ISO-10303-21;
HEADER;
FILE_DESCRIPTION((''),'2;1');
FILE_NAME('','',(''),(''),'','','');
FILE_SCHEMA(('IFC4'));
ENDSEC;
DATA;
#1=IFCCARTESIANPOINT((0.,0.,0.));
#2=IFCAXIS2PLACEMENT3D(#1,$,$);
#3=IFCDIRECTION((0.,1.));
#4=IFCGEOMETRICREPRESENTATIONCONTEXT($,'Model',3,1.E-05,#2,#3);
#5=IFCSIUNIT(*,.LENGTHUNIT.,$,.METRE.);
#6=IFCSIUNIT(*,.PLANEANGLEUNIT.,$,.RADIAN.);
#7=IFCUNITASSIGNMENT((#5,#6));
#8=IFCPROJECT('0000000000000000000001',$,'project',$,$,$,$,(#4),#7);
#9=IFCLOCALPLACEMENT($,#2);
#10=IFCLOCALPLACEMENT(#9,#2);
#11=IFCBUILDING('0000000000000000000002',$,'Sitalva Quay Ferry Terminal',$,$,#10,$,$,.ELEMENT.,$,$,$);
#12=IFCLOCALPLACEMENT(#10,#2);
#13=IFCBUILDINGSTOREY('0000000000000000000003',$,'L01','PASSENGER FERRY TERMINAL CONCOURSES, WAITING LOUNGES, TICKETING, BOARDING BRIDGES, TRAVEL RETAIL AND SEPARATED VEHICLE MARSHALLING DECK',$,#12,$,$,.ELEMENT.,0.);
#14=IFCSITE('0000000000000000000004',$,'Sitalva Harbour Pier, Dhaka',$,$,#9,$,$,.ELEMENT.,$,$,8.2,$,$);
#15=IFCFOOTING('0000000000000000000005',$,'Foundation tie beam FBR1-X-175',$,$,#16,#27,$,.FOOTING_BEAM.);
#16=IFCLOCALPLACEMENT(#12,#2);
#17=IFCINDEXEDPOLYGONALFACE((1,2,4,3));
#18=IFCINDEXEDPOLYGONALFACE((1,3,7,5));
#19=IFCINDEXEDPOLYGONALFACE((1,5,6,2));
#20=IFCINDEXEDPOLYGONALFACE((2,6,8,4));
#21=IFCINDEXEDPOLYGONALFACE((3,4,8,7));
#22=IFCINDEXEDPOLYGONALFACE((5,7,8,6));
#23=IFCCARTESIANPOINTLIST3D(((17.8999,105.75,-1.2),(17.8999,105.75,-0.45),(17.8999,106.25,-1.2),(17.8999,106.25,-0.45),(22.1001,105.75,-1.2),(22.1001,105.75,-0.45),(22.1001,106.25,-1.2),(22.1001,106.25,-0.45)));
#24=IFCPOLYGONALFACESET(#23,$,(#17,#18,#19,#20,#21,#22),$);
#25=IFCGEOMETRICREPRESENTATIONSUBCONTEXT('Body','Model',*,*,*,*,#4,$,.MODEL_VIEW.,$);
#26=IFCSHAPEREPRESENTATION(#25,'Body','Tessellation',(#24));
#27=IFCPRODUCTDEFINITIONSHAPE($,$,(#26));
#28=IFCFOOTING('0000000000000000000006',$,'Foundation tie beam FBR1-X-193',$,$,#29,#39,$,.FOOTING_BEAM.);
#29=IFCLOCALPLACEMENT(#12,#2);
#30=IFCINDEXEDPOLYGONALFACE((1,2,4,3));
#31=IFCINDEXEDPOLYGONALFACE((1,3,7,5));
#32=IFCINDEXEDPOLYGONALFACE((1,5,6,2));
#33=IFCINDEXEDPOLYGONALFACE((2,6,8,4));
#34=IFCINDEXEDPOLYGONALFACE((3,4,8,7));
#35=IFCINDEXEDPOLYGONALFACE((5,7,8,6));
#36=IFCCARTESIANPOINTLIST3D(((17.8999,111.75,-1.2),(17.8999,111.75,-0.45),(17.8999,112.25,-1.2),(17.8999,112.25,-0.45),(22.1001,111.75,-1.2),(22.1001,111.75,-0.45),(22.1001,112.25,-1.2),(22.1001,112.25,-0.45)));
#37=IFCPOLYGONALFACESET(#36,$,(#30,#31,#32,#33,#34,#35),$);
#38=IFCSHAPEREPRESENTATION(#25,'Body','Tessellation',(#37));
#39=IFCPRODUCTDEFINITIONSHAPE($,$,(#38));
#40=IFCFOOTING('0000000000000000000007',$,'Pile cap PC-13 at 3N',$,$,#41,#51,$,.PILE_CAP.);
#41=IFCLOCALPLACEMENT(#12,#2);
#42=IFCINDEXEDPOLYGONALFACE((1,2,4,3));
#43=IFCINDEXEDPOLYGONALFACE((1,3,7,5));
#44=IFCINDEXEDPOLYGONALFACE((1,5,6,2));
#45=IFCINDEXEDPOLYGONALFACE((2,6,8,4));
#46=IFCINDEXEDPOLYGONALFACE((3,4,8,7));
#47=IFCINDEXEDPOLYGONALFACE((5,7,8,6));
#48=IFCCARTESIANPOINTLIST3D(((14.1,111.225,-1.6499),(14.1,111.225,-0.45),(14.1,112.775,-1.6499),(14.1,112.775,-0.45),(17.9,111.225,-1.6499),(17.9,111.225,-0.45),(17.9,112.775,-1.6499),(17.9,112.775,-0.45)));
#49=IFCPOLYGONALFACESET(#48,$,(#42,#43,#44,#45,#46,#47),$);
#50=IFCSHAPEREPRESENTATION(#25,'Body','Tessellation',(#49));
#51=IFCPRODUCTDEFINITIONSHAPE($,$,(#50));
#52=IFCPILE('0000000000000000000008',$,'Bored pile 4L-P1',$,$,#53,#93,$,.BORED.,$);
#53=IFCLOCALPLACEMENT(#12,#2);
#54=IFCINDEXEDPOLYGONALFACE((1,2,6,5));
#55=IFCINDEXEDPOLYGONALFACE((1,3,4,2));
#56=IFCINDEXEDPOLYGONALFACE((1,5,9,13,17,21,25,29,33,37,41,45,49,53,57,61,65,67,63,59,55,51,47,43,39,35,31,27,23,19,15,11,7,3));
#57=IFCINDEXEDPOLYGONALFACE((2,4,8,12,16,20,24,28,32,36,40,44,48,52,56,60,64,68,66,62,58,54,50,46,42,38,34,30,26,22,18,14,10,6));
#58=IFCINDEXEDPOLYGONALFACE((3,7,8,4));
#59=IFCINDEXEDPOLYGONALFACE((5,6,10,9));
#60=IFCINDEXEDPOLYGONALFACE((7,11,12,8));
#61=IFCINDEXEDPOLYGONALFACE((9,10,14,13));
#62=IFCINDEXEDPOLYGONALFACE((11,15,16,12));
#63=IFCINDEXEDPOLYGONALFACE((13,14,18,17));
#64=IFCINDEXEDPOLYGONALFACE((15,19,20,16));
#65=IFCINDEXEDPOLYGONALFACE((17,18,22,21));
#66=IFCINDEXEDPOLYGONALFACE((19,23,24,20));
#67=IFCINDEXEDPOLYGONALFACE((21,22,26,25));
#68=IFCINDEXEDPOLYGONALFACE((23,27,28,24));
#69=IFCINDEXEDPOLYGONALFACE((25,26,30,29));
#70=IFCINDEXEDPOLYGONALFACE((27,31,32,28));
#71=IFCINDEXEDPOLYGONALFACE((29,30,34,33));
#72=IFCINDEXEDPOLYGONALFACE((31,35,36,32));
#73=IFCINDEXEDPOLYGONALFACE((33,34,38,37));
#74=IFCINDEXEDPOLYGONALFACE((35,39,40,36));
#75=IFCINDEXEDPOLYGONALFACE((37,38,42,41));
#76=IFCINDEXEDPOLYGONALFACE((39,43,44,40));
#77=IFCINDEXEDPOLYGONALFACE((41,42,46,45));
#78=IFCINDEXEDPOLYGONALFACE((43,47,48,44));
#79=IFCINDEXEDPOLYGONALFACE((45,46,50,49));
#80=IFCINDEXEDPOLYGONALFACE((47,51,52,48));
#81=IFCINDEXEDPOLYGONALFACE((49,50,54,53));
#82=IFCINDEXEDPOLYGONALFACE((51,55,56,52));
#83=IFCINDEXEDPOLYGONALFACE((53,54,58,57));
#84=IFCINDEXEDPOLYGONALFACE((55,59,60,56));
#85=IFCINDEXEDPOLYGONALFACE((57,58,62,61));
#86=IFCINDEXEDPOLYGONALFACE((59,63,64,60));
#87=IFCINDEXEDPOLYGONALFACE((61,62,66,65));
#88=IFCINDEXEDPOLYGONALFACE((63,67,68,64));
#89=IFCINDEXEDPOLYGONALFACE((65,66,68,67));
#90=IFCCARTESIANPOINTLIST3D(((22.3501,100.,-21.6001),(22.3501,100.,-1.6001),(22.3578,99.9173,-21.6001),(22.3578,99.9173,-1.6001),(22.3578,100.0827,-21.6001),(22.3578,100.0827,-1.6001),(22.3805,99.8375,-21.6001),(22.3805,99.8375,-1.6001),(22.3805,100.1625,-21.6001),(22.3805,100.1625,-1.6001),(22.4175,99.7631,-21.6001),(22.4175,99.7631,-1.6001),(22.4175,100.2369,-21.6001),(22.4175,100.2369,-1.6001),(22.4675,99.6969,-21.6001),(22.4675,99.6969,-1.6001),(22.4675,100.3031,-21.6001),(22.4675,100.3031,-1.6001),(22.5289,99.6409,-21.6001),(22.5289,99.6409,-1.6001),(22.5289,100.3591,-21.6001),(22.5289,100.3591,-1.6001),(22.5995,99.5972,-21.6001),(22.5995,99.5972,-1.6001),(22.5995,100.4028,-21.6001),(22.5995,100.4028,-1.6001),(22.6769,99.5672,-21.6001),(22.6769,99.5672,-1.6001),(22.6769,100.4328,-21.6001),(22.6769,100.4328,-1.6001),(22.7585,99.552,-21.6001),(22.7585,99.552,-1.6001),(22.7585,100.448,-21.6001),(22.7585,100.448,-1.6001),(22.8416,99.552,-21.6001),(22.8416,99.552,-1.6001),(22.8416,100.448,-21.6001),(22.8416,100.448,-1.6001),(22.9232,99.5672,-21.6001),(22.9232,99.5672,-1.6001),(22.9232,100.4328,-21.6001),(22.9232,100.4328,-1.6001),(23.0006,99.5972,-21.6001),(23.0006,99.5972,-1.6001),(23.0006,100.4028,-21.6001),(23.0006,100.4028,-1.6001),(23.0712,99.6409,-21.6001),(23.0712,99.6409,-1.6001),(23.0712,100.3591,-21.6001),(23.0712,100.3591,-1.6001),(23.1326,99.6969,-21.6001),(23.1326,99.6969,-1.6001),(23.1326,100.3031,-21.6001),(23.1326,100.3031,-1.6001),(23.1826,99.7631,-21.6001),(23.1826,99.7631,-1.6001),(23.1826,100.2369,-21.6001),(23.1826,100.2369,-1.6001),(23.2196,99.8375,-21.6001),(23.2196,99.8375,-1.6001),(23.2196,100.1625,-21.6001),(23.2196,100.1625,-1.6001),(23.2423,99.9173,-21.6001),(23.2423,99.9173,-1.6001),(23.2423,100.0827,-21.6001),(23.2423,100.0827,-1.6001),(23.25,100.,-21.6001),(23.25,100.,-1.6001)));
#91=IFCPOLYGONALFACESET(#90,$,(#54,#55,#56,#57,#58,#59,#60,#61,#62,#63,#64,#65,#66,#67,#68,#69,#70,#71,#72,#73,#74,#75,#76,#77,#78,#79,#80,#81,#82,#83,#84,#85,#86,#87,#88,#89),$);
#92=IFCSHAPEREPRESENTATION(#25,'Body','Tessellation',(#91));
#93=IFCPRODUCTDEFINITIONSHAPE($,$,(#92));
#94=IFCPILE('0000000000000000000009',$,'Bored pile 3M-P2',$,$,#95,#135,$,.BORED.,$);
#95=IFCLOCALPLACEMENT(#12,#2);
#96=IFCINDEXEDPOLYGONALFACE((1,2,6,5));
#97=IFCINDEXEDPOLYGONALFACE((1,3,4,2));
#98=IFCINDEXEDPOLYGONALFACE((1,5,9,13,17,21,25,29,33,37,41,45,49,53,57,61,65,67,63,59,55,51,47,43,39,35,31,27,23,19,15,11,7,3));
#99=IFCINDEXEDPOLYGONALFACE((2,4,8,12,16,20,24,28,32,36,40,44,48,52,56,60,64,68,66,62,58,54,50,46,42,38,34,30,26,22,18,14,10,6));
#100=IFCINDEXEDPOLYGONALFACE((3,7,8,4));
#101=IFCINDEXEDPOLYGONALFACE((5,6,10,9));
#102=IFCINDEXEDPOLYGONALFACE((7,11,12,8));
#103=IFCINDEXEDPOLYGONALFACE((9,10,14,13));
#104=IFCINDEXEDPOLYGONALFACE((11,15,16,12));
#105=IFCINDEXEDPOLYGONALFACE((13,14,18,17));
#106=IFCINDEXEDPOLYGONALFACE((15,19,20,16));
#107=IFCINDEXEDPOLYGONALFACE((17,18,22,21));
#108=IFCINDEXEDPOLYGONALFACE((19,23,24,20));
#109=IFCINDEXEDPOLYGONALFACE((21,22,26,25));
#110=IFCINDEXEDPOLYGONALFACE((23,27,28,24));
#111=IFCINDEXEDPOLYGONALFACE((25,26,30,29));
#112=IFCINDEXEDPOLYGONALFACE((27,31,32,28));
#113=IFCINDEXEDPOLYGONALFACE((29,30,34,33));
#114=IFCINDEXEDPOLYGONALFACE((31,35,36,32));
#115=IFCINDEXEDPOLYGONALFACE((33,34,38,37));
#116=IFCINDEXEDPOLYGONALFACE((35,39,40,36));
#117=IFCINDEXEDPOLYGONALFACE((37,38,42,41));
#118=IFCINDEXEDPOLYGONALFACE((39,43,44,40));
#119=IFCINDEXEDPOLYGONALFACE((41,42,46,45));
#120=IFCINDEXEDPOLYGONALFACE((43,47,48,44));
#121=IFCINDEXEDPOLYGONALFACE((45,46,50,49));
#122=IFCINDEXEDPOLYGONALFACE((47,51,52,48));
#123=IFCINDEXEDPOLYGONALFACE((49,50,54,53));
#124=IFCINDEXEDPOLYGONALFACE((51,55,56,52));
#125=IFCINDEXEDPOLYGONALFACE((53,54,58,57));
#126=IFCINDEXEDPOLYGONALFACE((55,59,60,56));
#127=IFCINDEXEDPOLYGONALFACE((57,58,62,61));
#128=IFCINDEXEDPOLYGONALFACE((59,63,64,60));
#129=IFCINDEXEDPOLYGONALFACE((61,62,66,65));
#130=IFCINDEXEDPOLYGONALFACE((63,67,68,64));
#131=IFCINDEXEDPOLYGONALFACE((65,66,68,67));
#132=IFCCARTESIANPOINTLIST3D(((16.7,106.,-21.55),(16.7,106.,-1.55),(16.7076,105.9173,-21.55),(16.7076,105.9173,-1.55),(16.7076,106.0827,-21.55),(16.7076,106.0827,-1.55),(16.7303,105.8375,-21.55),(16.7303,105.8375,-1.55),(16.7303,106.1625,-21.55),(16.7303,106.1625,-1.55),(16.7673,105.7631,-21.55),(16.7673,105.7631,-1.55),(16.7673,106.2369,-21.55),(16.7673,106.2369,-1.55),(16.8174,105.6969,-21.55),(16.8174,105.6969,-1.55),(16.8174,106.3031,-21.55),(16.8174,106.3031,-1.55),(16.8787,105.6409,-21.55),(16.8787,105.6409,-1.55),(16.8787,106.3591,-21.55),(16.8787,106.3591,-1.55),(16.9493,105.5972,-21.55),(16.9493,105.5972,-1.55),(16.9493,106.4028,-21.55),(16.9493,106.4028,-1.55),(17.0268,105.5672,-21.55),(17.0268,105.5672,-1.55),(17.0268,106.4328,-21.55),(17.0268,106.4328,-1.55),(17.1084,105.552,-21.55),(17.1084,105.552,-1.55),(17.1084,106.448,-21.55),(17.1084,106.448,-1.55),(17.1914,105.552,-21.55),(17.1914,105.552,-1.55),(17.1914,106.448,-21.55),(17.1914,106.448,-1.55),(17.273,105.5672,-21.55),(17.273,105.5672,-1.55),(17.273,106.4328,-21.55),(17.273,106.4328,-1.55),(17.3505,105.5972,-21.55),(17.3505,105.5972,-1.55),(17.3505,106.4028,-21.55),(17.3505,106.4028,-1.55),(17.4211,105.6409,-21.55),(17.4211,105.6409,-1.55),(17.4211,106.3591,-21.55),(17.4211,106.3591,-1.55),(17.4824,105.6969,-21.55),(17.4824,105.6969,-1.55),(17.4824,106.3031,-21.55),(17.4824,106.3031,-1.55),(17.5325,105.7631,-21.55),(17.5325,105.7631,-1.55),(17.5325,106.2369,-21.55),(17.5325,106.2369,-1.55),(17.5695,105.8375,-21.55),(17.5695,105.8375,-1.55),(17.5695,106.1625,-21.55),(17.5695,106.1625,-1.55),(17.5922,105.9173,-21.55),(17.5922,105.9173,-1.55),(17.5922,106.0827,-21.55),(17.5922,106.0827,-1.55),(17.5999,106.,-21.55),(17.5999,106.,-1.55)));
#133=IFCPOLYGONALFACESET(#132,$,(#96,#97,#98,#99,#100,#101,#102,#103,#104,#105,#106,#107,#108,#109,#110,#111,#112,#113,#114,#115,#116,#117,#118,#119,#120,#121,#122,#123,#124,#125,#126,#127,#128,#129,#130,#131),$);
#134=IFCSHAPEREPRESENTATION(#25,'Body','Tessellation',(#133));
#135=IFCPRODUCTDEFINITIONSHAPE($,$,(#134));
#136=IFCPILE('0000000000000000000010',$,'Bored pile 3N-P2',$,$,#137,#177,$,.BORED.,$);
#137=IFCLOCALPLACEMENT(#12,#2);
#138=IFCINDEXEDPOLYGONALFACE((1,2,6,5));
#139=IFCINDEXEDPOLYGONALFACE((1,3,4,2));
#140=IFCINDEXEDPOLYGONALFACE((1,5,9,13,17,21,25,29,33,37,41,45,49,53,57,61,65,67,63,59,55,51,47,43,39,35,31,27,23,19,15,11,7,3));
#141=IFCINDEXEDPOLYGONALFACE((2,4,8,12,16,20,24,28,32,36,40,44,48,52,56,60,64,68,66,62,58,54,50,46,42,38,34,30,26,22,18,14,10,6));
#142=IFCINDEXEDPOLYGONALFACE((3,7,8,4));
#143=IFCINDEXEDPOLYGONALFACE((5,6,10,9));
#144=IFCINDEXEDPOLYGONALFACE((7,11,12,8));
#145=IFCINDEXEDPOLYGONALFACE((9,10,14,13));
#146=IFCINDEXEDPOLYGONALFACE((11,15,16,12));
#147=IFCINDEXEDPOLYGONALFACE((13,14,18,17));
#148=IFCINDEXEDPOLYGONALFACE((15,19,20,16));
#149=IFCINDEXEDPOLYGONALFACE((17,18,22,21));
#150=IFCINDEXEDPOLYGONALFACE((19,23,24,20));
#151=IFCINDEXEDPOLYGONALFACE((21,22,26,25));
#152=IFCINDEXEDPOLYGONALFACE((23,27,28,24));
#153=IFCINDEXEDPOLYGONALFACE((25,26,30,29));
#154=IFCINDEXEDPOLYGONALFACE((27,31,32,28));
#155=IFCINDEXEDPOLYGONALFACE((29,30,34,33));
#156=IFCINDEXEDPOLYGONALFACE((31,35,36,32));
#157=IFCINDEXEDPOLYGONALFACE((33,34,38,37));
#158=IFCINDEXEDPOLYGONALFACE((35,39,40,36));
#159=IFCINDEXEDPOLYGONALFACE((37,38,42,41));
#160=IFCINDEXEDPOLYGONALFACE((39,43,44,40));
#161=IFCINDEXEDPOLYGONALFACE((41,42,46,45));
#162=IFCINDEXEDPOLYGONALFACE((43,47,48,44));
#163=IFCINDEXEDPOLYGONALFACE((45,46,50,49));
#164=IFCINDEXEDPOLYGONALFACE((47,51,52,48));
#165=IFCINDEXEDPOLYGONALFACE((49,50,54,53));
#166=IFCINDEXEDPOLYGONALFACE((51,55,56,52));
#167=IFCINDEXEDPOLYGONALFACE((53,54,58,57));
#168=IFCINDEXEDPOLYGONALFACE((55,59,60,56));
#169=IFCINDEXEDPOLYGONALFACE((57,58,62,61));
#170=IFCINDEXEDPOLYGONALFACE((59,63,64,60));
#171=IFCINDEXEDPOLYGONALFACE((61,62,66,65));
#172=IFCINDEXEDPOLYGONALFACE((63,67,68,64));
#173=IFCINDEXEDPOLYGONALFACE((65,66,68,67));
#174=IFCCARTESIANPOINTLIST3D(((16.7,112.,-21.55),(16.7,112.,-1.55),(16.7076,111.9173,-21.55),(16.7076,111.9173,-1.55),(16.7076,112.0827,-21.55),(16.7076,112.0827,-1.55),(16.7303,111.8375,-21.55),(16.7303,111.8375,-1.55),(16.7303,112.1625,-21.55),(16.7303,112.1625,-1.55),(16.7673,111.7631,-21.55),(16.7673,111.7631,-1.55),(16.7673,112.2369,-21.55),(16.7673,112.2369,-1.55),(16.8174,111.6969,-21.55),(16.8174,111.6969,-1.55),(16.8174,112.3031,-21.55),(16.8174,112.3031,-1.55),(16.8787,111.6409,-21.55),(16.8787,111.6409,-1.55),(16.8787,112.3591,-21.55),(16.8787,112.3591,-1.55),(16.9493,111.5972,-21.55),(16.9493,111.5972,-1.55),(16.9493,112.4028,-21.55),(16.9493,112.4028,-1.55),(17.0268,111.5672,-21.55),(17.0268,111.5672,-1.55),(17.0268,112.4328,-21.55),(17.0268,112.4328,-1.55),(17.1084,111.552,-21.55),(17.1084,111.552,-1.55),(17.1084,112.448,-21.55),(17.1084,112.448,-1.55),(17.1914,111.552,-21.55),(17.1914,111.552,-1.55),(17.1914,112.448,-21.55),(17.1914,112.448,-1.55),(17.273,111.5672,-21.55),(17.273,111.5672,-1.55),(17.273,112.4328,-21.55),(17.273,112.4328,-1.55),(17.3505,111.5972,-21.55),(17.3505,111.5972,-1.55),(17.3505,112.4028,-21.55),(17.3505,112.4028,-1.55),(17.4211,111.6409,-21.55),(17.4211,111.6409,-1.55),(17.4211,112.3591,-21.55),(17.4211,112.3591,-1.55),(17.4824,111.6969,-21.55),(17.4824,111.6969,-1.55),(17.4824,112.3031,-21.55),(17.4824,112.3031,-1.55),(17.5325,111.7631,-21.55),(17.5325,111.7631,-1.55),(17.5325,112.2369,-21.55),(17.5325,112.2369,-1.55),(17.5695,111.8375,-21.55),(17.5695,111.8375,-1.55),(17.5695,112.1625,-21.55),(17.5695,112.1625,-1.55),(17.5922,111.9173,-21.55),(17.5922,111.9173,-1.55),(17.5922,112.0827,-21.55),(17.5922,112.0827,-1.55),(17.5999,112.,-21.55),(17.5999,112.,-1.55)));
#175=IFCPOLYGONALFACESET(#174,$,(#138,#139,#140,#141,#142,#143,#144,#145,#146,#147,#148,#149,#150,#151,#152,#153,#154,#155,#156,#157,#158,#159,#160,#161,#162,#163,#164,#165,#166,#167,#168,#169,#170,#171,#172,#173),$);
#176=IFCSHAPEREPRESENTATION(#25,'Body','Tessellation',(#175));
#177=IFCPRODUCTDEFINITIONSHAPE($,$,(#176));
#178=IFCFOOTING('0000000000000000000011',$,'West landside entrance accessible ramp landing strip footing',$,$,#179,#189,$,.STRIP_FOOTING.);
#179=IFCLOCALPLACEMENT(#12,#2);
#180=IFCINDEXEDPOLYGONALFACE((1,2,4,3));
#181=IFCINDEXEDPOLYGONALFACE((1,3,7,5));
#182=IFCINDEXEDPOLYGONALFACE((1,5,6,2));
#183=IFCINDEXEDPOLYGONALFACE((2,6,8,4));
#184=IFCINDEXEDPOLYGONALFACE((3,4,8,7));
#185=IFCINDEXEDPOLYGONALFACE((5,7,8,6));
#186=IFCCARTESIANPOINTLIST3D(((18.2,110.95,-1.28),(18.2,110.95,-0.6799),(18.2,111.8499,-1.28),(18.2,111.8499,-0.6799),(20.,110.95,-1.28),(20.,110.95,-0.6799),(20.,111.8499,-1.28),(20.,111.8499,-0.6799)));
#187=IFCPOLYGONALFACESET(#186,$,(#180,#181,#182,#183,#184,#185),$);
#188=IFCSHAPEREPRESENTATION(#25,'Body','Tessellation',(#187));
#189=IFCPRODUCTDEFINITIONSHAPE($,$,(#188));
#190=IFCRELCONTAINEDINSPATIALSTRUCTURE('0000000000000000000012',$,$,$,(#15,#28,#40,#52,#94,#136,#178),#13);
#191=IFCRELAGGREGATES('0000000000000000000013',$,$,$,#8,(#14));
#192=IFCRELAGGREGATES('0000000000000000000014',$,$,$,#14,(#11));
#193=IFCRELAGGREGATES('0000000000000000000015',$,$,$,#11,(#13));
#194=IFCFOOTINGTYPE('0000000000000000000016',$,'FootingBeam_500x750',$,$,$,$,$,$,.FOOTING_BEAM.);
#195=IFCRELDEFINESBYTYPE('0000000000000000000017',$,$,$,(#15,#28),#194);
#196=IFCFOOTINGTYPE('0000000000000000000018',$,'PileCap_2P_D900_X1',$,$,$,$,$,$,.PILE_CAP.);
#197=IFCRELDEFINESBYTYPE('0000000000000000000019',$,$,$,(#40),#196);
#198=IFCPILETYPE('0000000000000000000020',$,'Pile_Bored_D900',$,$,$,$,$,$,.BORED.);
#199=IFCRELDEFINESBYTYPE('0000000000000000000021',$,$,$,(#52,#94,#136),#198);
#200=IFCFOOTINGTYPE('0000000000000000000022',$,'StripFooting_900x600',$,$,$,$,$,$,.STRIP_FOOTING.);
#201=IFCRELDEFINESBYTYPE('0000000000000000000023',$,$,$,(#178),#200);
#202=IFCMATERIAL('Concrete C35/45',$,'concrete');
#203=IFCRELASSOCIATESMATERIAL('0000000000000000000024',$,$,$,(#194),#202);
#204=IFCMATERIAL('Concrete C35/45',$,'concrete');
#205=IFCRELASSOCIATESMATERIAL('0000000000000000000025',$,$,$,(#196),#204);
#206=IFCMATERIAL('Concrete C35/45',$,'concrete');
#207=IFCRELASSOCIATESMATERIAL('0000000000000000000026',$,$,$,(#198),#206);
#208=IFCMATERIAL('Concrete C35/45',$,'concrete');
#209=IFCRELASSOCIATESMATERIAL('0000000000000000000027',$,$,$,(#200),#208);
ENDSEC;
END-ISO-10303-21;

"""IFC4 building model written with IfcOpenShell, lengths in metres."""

from ifc_helpers import new_model, si_unit, direction, frame, origin, origin_2d, place, context, subcontext, project, spatial, rectangle, circle, extrude, material, material_profile, profile_set, type_object, element, save


model = new_model("IFC4")

# Units and contexts
model_context = context("Model", 3, precision=1e-05, world=origin(), true_north=direction((0.0, 1.0)))
body_context = subcontext(model_context, "Body", "Model", "MODEL_VIEW")
ifc_project = project(units=[si_unit("LENGTHUNIT", "METRE"), si_unit("PLANEANGLEUNIT", "RADIAN")], contexts=[model_context])

# Site, building, storey
site_placement = place(None, origin())
site = spatial("IfcSite", under=ifc_project, at=site_placement, Name="Sitalva Harbour Pier, Dhaka", CompositionType="ELEMENT", RefElevation=8.2)
building_placement = place(site_placement, origin())
building = spatial("IfcBuilding", under=site, at=building_placement, Name="Sitalva Quay Ferry Terminal", CompositionType="ELEMENT")
storey_placement = place(building_placement, origin())
storey = spatial("IfcBuildingStorey", under=building, at=storey_placement, Name="L01", Description="PASSENGER FERRY TERMINAL CONCOURSES, WAITING LOUNGES, TICKETING, BOARDING BRIDGES, TRAVEL RETAIL AND SEPARATED VEHICLE MARSHALLING DECK", CompositionType="ELEMENT", Elevation=0.0)

# Footings
ifc_material_1 = material(Name="Concrete C35/45", Category="concrete")
ifc_material_profile_1 = material_profile(ifc_material_1, rectangle(XDim=0.5, YDim=0.75, at=origin_2d()), Name="RC500x750")
ifc_profile_set_1 = profile_set([ifc_material_profile_1], Name="Concrete C35/45")
footing_type_1 = type_object("IfcFootingType", Name="FootingBeam_500x750", PredefinedType="FOOTING_BEAM", material=ifc_profile_set_1)
for number, where, z_axis, x_axis, name in (
    (1, (17.8999, 106.0, -0.825), (1.0, 0.0, 0.0), (0.0, 1.0, 0.0), "Foundation tie beam FBR1-X-175"),
    (2, (17.8999, 112.0, -0.825), (1.0, 0.0, 0.0), (0.0, 1.0, 0.0), "Foundation tie beam FBR1-X-193"),
):
    element("IfcFooting", number, at=place(storey_placement, frame(where, z_axis=z_axis, x_axis=x_axis)), inside=storey, type_object=footing_type_1, Name=name, PredefinedType="FOOTING_BEAM", context=body_context, shape_type="SweptSolid", body=[
        extrude(rectangle(XDim=0.5, YDim=0.75, at=origin_2d()), origin(), (0.0, 0.0, 1.0), 4.2002),
    ])
ifc_material_2 = material(Name="Concrete C35/45", Category="concrete")
footing_type_2 = type_object("IfcFootingType", Name="PileCap_2P_D900_X1", PredefinedType="PILE_CAP", material=ifc_material_2)
footing_1_placement = place(storey_placement, frame((16.0, 112.0, -1.6499), z_axis=(0.0, 0.0, 1.0), x_axis=(1.0, 0.0, 0.0)))
element("IfcFooting", 3, at=footing_1_placement, inside=storey, type_object=footing_type_2, Name="Pile cap PC-13 at 3N", PredefinedType="PILE_CAP", context=body_context, shape_type="SweptSolid", body=[
    extrude(rectangle(XDim=3.8, YDim=1.55, at=origin_2d()), origin(), (0.0, 0.0, 1.0), 1.2),
])

# Piles
ifc_material_3 = material(Name="Concrete C35/45", Category="concrete")
ifc_material_profile_2 = material_profile(ifc_material_3, circle(Radius=0.45, at=origin_2d()), Name="PILE-D900")
ifc_profile_set_2 = profile_set([ifc_material_profile_2], Name="Concrete C35/45")
pile_type = type_object("IfcPileType", Name="Pile_Bored_D900", PredefinedType="BORED", material=ifc_profile_set_2)
for number, where, z_axis, x_axis, name in (
    (4, (22.8, 100.0, -1.6001), (0.0, 0.0, -1.0), (1.0, 0.0, 0.0), "Bored pile 4L-P1"),
    (5, (17.1499, 106.0, -1.55), (0.0, 0.0, -1.0), (1.0, 0.0, 0.0), "Bored pile 3M-P2"),
    (6, (17.1499, 112.0, -1.55), (0.0, 0.0, -1.0), (1.0, 0.0, 0.0), "Bored pile 3N-P2"),
):
    element("IfcPile", number, at=place(storey_placement, frame(where, z_axis=z_axis, x_axis=x_axis)), inside=storey, type_object=pile_type, Name=name, PredefinedType="BORED", context=body_context, shape_type="SweptSolid", body=[
        extrude(circle(Radius=0.45, at=origin_2d()), origin(), (0.0, 0.0, 1.0), 20.0),
    ])

# Footing
ifc_material_4 = material(Name="Concrete C35/45", Category="concrete")
ifc_material_profile_3 = material_profile(ifc_material_4, rectangle(XDim=0.8999, YDim=0.6001, at=origin_2d()), Name="RC900x600")
ifc_profile_set_3 = profile_set([ifc_material_profile_3], Name="Concrete C35/45")
footing_type_3 = type_object("IfcFootingType", Name="StripFooting_900x600", PredefinedType="STRIP_FOOTING", material=ifc_profile_set_3)
footing_2_placement = place(storey_placement, frame((18.2, 111.3999, -0.98), z_axis=(1.0, 0.0, 0.0), x_axis=(0.0, 1.0, 0.0)))
element("IfcFooting", 7, at=footing_2_placement, inside=storey, type_object=footing_type_3, Name="West landside entrance accessible ramp landing strip footing", PredefinedType="STRIP_FOOTING", context=body_context, shape_type="SweptSolid", body=[
    extrude(rectangle(XDim=0.8999, YDim=0.6001, at=origin_2d()), origin(), (0.0, 0.0, 1.0), 1.8),
])

save(model, "model.ifc")
